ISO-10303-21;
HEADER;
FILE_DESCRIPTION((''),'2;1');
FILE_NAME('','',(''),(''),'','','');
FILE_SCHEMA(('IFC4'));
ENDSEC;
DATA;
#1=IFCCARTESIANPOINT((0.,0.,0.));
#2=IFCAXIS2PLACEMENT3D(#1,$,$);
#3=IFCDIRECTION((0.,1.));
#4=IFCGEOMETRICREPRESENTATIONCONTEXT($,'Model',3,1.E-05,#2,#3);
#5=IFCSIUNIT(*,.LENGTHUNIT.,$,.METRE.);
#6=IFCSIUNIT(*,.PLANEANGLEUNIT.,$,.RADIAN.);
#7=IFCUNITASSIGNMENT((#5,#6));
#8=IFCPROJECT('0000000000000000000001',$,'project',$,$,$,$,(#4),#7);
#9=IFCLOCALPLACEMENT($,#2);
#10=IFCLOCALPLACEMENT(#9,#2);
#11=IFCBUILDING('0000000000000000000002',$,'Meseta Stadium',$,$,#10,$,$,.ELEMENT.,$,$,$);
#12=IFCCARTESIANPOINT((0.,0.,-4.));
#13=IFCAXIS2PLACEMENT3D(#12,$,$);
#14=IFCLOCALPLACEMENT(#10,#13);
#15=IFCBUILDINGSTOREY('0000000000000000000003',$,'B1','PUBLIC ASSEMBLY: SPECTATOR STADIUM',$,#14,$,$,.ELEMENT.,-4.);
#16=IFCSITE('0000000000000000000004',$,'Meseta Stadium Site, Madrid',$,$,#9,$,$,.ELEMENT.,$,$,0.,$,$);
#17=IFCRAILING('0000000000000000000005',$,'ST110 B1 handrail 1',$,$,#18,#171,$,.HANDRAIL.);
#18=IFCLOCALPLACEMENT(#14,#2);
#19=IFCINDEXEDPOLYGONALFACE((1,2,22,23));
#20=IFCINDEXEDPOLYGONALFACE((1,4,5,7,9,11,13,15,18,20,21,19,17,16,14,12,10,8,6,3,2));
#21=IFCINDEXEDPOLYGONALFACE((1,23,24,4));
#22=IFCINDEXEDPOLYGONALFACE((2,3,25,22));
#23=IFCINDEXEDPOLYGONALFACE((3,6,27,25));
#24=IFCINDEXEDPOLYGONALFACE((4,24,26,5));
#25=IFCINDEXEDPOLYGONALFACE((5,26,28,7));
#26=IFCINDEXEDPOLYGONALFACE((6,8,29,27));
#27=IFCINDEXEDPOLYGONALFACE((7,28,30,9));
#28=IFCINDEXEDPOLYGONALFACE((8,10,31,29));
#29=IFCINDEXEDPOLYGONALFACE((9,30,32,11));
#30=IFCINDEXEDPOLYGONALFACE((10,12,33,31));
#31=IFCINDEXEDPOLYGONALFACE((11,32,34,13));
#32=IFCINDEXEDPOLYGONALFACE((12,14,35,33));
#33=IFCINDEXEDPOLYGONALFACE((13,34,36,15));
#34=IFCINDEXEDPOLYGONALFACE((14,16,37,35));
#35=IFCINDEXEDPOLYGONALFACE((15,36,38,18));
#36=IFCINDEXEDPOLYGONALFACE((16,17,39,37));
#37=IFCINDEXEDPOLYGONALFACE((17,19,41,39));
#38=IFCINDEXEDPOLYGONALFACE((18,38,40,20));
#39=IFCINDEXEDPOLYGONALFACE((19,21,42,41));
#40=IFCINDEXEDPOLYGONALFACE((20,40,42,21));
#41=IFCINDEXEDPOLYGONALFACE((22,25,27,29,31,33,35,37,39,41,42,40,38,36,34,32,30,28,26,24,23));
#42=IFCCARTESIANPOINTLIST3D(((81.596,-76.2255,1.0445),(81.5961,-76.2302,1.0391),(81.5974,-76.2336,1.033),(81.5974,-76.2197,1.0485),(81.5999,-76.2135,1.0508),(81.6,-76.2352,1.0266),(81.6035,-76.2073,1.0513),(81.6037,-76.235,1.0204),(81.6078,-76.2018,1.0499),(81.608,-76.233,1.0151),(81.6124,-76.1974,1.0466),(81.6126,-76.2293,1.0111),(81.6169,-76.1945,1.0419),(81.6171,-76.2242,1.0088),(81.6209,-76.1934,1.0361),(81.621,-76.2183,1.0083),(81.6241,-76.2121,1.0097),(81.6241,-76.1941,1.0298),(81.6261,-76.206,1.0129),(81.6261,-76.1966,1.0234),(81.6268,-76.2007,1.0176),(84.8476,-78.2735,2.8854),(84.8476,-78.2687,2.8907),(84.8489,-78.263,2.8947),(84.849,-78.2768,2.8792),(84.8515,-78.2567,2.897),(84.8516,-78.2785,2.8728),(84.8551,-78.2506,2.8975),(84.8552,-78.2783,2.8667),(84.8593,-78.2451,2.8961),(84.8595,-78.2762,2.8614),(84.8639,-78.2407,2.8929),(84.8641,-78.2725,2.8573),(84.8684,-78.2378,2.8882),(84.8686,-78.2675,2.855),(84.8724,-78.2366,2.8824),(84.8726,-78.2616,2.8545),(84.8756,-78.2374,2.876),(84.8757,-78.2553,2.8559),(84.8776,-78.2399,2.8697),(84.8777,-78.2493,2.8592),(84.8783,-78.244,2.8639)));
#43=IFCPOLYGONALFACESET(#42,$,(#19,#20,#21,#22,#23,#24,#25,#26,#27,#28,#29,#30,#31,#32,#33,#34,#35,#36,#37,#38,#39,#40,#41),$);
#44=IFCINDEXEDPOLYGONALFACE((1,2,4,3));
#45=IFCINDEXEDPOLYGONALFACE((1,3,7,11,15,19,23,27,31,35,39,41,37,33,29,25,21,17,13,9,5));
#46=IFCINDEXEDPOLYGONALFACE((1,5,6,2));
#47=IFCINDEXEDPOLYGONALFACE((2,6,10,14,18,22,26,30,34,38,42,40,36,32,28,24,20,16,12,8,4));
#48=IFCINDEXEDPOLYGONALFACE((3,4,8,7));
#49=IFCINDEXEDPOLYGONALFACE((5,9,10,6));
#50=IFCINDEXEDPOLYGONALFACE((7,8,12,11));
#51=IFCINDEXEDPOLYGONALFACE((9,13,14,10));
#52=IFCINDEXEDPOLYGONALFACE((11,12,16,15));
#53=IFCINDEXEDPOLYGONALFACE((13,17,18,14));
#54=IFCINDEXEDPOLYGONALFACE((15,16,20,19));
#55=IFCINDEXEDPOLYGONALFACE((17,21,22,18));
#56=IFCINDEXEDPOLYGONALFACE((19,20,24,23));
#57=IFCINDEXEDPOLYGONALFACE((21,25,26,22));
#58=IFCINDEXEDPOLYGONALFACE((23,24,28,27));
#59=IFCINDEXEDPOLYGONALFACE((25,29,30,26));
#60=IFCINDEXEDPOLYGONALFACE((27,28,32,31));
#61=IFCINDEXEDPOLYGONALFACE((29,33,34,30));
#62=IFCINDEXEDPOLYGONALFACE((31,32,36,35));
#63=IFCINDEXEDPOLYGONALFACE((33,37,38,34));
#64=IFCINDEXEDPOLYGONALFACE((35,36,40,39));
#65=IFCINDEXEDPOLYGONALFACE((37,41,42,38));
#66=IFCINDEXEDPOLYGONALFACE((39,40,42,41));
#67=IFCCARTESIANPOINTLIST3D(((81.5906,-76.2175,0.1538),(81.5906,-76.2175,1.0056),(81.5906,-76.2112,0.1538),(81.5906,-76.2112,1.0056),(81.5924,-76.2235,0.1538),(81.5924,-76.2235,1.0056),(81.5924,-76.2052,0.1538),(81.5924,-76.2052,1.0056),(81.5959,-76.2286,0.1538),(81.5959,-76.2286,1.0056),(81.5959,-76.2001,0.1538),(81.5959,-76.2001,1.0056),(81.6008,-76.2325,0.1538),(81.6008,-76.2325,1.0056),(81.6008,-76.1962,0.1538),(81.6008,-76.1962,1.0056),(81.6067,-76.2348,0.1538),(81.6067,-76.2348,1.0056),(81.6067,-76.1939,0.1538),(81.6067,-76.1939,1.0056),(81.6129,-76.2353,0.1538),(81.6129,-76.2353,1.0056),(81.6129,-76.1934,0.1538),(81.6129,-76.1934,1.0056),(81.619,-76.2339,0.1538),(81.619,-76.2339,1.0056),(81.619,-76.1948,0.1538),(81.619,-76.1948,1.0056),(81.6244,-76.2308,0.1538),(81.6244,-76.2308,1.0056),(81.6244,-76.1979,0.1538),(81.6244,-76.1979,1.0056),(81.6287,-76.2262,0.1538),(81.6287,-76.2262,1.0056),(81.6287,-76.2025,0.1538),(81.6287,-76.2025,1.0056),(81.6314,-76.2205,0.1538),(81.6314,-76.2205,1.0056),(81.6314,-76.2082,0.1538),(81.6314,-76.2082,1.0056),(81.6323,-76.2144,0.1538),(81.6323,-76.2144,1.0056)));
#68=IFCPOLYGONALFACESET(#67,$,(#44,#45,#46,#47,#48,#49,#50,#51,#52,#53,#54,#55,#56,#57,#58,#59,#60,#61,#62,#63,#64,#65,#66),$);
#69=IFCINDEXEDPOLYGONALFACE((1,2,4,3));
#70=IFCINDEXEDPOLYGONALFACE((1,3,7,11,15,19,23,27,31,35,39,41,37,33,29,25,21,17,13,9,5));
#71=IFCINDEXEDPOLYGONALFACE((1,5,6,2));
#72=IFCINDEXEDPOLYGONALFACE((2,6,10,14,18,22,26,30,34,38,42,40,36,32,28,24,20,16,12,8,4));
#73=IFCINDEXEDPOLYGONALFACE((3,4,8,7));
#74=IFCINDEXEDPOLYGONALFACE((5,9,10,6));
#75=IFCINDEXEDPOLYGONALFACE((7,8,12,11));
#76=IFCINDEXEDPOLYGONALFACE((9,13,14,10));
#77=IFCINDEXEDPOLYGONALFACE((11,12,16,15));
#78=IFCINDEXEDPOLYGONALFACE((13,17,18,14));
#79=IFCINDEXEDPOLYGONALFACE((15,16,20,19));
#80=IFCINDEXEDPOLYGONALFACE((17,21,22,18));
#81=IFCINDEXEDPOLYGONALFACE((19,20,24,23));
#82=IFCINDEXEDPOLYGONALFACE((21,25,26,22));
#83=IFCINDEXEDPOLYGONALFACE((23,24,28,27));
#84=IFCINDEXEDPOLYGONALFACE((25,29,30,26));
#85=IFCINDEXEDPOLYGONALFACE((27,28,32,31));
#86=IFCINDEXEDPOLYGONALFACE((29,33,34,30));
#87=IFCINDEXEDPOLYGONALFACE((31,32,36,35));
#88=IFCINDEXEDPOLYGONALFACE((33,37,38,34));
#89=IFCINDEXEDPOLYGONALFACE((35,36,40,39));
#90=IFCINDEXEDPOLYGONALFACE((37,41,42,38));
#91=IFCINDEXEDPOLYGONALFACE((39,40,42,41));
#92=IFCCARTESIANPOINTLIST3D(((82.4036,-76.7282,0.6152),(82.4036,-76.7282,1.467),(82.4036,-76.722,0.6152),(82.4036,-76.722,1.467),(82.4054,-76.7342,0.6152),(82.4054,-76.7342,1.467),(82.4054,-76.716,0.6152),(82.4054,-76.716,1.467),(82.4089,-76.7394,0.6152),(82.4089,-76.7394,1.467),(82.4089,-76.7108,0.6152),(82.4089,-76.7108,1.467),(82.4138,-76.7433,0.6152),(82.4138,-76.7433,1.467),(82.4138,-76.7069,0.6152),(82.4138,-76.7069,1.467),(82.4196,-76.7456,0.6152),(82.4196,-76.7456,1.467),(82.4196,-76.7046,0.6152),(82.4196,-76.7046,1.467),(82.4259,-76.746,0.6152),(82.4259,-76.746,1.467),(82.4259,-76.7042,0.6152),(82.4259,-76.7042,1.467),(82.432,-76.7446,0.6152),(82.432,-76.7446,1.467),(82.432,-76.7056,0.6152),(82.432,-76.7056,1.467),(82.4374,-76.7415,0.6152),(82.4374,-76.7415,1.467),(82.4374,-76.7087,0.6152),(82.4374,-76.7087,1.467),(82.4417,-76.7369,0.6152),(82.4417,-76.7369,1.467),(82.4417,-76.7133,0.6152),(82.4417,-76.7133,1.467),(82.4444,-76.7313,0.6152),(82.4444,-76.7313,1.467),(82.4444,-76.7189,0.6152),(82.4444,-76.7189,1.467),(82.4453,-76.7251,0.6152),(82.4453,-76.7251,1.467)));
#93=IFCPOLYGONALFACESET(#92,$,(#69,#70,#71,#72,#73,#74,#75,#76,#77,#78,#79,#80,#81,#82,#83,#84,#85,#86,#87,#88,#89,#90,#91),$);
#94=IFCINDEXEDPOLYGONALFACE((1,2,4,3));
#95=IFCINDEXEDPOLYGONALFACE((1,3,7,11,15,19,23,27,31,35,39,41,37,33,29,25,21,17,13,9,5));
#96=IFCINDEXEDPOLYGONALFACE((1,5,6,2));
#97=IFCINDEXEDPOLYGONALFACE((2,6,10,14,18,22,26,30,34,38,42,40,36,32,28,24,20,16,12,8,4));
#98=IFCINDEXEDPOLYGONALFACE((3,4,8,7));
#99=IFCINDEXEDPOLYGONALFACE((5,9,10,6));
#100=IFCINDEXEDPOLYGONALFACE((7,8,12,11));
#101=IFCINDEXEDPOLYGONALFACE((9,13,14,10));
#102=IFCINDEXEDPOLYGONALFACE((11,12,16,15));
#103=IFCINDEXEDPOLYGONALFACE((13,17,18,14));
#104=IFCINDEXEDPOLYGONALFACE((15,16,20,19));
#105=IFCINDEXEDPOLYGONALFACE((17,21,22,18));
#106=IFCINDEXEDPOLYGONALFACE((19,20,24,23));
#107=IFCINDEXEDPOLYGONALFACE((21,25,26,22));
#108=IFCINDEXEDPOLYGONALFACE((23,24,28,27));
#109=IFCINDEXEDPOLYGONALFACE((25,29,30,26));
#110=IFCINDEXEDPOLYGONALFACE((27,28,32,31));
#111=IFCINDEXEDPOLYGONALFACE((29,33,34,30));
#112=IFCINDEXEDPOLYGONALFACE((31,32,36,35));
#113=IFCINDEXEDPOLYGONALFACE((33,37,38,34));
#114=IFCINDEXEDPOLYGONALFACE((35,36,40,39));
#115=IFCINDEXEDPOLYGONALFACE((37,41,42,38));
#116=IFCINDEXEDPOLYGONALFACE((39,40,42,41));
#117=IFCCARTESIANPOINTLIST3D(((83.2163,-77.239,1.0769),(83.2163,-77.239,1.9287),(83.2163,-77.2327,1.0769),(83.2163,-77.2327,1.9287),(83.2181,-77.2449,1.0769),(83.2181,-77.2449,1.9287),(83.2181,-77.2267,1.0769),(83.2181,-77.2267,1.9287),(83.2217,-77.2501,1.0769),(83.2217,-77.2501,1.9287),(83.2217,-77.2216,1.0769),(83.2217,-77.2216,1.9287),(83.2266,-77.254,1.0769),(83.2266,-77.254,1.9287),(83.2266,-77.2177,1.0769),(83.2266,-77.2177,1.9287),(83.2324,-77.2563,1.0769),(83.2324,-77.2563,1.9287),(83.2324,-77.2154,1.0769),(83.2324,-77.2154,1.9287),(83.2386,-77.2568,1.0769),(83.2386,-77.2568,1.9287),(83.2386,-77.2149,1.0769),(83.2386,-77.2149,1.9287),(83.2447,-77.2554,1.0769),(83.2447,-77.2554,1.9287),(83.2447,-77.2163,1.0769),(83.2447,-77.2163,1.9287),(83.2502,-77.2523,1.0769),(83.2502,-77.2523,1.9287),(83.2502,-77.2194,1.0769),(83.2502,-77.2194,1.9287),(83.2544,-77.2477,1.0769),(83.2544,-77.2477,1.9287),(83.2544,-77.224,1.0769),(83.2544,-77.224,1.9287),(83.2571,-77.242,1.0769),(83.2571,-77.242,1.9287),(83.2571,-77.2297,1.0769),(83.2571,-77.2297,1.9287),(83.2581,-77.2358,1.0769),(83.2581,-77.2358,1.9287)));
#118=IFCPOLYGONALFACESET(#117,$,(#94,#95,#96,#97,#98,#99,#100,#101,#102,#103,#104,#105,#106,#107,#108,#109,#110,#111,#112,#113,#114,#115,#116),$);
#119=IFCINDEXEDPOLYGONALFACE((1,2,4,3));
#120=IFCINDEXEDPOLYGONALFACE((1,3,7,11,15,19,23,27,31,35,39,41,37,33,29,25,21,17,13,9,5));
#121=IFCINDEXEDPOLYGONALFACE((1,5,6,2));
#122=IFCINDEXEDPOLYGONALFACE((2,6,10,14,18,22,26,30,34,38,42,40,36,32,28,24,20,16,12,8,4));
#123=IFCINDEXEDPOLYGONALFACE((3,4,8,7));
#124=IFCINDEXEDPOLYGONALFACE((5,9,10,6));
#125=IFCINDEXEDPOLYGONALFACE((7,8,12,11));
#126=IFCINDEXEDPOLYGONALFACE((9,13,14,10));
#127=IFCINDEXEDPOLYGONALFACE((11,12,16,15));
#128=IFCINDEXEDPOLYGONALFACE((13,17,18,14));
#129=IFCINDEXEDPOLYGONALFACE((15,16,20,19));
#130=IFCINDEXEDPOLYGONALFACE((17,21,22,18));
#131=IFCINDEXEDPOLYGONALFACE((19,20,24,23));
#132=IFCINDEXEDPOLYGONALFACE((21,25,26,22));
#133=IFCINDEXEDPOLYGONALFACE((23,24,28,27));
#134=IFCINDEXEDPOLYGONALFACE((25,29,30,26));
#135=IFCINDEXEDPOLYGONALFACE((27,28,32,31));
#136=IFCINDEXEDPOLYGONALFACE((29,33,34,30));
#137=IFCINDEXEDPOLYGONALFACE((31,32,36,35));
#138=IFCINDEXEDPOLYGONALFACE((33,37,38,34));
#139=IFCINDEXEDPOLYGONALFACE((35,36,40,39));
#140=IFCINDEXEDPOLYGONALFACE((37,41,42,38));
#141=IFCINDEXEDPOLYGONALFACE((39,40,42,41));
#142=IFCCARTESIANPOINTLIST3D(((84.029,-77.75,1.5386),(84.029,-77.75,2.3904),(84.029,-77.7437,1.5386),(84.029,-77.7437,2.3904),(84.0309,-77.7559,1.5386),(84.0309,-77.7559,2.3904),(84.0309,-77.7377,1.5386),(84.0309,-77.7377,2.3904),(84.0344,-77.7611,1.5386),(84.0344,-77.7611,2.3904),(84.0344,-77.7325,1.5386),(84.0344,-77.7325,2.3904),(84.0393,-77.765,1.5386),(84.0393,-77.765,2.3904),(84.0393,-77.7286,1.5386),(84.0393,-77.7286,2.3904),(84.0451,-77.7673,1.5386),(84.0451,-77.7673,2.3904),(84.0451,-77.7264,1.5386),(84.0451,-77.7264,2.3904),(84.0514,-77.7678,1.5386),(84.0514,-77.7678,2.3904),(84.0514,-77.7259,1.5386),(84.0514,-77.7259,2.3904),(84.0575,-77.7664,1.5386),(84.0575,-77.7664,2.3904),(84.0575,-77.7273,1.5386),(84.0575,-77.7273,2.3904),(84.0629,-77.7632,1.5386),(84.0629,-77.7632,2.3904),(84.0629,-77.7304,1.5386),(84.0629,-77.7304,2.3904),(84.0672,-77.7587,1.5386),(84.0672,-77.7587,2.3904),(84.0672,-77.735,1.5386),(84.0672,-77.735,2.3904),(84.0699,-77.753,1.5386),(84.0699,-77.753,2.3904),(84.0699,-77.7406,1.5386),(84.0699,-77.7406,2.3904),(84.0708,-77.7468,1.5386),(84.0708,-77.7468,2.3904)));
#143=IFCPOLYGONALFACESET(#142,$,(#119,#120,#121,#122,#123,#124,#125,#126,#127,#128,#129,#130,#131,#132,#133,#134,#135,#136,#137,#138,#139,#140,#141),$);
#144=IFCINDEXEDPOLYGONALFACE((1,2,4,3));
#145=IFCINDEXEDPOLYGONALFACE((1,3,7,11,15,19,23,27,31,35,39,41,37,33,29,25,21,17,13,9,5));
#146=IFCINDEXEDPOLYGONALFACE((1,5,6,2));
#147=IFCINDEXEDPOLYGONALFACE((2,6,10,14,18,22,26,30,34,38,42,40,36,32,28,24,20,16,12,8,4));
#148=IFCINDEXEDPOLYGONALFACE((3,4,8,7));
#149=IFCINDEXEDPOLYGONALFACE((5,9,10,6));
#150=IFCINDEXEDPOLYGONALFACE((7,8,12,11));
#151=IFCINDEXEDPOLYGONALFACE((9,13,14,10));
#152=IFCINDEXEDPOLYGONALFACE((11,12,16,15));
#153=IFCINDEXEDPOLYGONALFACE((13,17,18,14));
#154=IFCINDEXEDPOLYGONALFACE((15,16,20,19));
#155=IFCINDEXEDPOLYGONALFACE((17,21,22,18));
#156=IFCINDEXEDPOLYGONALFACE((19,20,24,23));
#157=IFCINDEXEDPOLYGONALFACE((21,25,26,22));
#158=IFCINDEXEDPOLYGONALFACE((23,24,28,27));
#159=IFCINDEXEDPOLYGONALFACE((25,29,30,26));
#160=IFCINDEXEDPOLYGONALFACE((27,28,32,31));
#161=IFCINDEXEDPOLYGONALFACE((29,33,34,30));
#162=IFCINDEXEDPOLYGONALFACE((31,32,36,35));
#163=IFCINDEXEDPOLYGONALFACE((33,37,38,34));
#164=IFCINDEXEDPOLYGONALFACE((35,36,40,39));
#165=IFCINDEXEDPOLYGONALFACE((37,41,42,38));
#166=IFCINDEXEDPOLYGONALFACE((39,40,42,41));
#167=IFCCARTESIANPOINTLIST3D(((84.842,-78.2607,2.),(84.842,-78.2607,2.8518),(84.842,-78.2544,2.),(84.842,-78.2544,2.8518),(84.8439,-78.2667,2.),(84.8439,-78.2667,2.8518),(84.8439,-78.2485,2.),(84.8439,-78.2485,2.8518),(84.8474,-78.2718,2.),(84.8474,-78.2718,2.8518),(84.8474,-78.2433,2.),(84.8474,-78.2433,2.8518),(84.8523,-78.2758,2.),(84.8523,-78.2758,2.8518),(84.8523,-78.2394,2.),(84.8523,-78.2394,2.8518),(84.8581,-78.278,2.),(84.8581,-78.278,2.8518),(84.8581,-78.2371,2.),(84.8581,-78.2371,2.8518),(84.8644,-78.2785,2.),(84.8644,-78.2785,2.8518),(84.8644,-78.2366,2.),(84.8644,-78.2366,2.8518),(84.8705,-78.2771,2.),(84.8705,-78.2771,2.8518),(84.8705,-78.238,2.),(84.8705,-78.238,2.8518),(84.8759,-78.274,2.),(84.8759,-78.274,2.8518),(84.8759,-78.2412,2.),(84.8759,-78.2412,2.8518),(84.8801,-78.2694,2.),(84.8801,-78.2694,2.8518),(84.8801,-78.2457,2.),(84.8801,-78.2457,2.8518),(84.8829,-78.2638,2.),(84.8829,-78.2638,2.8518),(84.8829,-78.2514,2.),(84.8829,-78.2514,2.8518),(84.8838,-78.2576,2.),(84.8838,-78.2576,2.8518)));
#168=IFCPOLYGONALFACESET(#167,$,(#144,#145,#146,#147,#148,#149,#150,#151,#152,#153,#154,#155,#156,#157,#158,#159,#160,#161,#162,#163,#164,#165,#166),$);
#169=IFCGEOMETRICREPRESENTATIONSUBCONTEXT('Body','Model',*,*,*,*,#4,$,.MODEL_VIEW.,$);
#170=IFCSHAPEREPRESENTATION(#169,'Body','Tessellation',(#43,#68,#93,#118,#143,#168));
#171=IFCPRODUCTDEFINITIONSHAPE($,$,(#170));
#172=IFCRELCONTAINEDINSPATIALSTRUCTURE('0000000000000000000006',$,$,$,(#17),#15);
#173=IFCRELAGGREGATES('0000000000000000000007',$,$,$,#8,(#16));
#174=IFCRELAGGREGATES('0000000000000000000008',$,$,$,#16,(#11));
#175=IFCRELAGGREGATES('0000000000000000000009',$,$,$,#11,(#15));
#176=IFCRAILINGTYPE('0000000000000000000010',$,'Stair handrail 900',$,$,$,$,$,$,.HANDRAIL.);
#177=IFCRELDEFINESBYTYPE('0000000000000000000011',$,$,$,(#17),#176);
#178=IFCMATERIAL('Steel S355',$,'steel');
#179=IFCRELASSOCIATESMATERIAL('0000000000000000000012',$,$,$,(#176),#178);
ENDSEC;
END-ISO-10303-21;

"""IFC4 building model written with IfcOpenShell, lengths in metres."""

from ifc_helpers import new_model, si_unit, direction, frame, origin, origin_2d, place, context, subcontext, project, spatial, circle, extrude, material, type_object, element, save


model = new_model("IFC4")

# Units and contexts
model_context = context("Model", 3, precision=1e-05, world=origin(), true_north=direction((0.0, 1.0)))
body_context = subcontext(model_context, "Body", "Model", "MODEL_VIEW")
ifc_project = project(units=[si_unit("LENGTHUNIT", "METRE"), si_unit("PLANEANGLEUNIT", "RADIAN")], contexts=[model_context])

# Site, building, storey
site_placement = place(None, origin())
site = spatial("IfcSite", under=ifc_project, at=site_placement, Name="Meseta Stadium Site, Madrid", CompositionType="ELEMENT", RefElevation=0.0)
building_placement = place(site_placement, origin())
building = spatial("IfcBuilding", under=site, at=building_placement, Name="Meseta Stadium", CompositionType="ELEMENT")
storey_placement = place(building_placement, frame((0.0, 0.0, -4.0)))
storey = spatial("IfcBuildingStorey", under=building, at=storey_placement, Name="B1", Description="PUBLIC ASSEMBLY: SPECTATOR STADIUM", CompositionType="ELEMENT", Elevation=-4.0)

# Railing
ifc_material_1 = material(Name="Steel S355", Category="steel")
railing_type_1 = type_object("IfcRailingType", Name="Stair handrail 900", PredefinedType="HANDRAIL", material=ifc_material_1)
railing_1_placement = place(storey_placement, frame((81.6113, -76.2144, 0.1538)))
element("IfcRailing", 1, at=railing_1_placement, inside=storey, type_object=railing_type_1, Name="ST110 B1 handrail 1", PredefinedType="HANDRAIL", context=body_context, shape_type="SweptSolid", body=[
    extrude(circle(Radius=0.0239, at=origin_2d()), frame((0.0, 0.0, 0.876), z_axis=(0.763096, -0.479527, 0.433288), x_axis=(0.532066, 0.846703, 0.0)), (0.0, 0.0, 1.0), 4.261),
    extrude(circle(Radius=0.021, at=origin_2d()), origin(), (0.0, 0.0, 1.0), 0.8518),
    extrude(circle(Radius=0.021, at=origin_2d()), frame((0.813, -0.5107, 0.4614)), (0.0, 0.0, 1.0), 0.8518),
    extrude(circle(Radius=0.021, at=origin_2d()), frame((1.6257, -1.0215, 0.9231)), (0.0, 0.0, 1.0), 0.8518),
    extrude(circle(Radius=0.021, at=origin_2d()), frame((2.4385, -1.5325, 1.3848)), (0.0, 0.0, 1.0), 0.8518),
    extrude(circle(Radius=0.021, at=origin_2d()), frame((3.2515, -2.0432, 1.8462)), (0.0, 0.0, 1.0), 0.8518),
])

save(model, "model.ifc")
